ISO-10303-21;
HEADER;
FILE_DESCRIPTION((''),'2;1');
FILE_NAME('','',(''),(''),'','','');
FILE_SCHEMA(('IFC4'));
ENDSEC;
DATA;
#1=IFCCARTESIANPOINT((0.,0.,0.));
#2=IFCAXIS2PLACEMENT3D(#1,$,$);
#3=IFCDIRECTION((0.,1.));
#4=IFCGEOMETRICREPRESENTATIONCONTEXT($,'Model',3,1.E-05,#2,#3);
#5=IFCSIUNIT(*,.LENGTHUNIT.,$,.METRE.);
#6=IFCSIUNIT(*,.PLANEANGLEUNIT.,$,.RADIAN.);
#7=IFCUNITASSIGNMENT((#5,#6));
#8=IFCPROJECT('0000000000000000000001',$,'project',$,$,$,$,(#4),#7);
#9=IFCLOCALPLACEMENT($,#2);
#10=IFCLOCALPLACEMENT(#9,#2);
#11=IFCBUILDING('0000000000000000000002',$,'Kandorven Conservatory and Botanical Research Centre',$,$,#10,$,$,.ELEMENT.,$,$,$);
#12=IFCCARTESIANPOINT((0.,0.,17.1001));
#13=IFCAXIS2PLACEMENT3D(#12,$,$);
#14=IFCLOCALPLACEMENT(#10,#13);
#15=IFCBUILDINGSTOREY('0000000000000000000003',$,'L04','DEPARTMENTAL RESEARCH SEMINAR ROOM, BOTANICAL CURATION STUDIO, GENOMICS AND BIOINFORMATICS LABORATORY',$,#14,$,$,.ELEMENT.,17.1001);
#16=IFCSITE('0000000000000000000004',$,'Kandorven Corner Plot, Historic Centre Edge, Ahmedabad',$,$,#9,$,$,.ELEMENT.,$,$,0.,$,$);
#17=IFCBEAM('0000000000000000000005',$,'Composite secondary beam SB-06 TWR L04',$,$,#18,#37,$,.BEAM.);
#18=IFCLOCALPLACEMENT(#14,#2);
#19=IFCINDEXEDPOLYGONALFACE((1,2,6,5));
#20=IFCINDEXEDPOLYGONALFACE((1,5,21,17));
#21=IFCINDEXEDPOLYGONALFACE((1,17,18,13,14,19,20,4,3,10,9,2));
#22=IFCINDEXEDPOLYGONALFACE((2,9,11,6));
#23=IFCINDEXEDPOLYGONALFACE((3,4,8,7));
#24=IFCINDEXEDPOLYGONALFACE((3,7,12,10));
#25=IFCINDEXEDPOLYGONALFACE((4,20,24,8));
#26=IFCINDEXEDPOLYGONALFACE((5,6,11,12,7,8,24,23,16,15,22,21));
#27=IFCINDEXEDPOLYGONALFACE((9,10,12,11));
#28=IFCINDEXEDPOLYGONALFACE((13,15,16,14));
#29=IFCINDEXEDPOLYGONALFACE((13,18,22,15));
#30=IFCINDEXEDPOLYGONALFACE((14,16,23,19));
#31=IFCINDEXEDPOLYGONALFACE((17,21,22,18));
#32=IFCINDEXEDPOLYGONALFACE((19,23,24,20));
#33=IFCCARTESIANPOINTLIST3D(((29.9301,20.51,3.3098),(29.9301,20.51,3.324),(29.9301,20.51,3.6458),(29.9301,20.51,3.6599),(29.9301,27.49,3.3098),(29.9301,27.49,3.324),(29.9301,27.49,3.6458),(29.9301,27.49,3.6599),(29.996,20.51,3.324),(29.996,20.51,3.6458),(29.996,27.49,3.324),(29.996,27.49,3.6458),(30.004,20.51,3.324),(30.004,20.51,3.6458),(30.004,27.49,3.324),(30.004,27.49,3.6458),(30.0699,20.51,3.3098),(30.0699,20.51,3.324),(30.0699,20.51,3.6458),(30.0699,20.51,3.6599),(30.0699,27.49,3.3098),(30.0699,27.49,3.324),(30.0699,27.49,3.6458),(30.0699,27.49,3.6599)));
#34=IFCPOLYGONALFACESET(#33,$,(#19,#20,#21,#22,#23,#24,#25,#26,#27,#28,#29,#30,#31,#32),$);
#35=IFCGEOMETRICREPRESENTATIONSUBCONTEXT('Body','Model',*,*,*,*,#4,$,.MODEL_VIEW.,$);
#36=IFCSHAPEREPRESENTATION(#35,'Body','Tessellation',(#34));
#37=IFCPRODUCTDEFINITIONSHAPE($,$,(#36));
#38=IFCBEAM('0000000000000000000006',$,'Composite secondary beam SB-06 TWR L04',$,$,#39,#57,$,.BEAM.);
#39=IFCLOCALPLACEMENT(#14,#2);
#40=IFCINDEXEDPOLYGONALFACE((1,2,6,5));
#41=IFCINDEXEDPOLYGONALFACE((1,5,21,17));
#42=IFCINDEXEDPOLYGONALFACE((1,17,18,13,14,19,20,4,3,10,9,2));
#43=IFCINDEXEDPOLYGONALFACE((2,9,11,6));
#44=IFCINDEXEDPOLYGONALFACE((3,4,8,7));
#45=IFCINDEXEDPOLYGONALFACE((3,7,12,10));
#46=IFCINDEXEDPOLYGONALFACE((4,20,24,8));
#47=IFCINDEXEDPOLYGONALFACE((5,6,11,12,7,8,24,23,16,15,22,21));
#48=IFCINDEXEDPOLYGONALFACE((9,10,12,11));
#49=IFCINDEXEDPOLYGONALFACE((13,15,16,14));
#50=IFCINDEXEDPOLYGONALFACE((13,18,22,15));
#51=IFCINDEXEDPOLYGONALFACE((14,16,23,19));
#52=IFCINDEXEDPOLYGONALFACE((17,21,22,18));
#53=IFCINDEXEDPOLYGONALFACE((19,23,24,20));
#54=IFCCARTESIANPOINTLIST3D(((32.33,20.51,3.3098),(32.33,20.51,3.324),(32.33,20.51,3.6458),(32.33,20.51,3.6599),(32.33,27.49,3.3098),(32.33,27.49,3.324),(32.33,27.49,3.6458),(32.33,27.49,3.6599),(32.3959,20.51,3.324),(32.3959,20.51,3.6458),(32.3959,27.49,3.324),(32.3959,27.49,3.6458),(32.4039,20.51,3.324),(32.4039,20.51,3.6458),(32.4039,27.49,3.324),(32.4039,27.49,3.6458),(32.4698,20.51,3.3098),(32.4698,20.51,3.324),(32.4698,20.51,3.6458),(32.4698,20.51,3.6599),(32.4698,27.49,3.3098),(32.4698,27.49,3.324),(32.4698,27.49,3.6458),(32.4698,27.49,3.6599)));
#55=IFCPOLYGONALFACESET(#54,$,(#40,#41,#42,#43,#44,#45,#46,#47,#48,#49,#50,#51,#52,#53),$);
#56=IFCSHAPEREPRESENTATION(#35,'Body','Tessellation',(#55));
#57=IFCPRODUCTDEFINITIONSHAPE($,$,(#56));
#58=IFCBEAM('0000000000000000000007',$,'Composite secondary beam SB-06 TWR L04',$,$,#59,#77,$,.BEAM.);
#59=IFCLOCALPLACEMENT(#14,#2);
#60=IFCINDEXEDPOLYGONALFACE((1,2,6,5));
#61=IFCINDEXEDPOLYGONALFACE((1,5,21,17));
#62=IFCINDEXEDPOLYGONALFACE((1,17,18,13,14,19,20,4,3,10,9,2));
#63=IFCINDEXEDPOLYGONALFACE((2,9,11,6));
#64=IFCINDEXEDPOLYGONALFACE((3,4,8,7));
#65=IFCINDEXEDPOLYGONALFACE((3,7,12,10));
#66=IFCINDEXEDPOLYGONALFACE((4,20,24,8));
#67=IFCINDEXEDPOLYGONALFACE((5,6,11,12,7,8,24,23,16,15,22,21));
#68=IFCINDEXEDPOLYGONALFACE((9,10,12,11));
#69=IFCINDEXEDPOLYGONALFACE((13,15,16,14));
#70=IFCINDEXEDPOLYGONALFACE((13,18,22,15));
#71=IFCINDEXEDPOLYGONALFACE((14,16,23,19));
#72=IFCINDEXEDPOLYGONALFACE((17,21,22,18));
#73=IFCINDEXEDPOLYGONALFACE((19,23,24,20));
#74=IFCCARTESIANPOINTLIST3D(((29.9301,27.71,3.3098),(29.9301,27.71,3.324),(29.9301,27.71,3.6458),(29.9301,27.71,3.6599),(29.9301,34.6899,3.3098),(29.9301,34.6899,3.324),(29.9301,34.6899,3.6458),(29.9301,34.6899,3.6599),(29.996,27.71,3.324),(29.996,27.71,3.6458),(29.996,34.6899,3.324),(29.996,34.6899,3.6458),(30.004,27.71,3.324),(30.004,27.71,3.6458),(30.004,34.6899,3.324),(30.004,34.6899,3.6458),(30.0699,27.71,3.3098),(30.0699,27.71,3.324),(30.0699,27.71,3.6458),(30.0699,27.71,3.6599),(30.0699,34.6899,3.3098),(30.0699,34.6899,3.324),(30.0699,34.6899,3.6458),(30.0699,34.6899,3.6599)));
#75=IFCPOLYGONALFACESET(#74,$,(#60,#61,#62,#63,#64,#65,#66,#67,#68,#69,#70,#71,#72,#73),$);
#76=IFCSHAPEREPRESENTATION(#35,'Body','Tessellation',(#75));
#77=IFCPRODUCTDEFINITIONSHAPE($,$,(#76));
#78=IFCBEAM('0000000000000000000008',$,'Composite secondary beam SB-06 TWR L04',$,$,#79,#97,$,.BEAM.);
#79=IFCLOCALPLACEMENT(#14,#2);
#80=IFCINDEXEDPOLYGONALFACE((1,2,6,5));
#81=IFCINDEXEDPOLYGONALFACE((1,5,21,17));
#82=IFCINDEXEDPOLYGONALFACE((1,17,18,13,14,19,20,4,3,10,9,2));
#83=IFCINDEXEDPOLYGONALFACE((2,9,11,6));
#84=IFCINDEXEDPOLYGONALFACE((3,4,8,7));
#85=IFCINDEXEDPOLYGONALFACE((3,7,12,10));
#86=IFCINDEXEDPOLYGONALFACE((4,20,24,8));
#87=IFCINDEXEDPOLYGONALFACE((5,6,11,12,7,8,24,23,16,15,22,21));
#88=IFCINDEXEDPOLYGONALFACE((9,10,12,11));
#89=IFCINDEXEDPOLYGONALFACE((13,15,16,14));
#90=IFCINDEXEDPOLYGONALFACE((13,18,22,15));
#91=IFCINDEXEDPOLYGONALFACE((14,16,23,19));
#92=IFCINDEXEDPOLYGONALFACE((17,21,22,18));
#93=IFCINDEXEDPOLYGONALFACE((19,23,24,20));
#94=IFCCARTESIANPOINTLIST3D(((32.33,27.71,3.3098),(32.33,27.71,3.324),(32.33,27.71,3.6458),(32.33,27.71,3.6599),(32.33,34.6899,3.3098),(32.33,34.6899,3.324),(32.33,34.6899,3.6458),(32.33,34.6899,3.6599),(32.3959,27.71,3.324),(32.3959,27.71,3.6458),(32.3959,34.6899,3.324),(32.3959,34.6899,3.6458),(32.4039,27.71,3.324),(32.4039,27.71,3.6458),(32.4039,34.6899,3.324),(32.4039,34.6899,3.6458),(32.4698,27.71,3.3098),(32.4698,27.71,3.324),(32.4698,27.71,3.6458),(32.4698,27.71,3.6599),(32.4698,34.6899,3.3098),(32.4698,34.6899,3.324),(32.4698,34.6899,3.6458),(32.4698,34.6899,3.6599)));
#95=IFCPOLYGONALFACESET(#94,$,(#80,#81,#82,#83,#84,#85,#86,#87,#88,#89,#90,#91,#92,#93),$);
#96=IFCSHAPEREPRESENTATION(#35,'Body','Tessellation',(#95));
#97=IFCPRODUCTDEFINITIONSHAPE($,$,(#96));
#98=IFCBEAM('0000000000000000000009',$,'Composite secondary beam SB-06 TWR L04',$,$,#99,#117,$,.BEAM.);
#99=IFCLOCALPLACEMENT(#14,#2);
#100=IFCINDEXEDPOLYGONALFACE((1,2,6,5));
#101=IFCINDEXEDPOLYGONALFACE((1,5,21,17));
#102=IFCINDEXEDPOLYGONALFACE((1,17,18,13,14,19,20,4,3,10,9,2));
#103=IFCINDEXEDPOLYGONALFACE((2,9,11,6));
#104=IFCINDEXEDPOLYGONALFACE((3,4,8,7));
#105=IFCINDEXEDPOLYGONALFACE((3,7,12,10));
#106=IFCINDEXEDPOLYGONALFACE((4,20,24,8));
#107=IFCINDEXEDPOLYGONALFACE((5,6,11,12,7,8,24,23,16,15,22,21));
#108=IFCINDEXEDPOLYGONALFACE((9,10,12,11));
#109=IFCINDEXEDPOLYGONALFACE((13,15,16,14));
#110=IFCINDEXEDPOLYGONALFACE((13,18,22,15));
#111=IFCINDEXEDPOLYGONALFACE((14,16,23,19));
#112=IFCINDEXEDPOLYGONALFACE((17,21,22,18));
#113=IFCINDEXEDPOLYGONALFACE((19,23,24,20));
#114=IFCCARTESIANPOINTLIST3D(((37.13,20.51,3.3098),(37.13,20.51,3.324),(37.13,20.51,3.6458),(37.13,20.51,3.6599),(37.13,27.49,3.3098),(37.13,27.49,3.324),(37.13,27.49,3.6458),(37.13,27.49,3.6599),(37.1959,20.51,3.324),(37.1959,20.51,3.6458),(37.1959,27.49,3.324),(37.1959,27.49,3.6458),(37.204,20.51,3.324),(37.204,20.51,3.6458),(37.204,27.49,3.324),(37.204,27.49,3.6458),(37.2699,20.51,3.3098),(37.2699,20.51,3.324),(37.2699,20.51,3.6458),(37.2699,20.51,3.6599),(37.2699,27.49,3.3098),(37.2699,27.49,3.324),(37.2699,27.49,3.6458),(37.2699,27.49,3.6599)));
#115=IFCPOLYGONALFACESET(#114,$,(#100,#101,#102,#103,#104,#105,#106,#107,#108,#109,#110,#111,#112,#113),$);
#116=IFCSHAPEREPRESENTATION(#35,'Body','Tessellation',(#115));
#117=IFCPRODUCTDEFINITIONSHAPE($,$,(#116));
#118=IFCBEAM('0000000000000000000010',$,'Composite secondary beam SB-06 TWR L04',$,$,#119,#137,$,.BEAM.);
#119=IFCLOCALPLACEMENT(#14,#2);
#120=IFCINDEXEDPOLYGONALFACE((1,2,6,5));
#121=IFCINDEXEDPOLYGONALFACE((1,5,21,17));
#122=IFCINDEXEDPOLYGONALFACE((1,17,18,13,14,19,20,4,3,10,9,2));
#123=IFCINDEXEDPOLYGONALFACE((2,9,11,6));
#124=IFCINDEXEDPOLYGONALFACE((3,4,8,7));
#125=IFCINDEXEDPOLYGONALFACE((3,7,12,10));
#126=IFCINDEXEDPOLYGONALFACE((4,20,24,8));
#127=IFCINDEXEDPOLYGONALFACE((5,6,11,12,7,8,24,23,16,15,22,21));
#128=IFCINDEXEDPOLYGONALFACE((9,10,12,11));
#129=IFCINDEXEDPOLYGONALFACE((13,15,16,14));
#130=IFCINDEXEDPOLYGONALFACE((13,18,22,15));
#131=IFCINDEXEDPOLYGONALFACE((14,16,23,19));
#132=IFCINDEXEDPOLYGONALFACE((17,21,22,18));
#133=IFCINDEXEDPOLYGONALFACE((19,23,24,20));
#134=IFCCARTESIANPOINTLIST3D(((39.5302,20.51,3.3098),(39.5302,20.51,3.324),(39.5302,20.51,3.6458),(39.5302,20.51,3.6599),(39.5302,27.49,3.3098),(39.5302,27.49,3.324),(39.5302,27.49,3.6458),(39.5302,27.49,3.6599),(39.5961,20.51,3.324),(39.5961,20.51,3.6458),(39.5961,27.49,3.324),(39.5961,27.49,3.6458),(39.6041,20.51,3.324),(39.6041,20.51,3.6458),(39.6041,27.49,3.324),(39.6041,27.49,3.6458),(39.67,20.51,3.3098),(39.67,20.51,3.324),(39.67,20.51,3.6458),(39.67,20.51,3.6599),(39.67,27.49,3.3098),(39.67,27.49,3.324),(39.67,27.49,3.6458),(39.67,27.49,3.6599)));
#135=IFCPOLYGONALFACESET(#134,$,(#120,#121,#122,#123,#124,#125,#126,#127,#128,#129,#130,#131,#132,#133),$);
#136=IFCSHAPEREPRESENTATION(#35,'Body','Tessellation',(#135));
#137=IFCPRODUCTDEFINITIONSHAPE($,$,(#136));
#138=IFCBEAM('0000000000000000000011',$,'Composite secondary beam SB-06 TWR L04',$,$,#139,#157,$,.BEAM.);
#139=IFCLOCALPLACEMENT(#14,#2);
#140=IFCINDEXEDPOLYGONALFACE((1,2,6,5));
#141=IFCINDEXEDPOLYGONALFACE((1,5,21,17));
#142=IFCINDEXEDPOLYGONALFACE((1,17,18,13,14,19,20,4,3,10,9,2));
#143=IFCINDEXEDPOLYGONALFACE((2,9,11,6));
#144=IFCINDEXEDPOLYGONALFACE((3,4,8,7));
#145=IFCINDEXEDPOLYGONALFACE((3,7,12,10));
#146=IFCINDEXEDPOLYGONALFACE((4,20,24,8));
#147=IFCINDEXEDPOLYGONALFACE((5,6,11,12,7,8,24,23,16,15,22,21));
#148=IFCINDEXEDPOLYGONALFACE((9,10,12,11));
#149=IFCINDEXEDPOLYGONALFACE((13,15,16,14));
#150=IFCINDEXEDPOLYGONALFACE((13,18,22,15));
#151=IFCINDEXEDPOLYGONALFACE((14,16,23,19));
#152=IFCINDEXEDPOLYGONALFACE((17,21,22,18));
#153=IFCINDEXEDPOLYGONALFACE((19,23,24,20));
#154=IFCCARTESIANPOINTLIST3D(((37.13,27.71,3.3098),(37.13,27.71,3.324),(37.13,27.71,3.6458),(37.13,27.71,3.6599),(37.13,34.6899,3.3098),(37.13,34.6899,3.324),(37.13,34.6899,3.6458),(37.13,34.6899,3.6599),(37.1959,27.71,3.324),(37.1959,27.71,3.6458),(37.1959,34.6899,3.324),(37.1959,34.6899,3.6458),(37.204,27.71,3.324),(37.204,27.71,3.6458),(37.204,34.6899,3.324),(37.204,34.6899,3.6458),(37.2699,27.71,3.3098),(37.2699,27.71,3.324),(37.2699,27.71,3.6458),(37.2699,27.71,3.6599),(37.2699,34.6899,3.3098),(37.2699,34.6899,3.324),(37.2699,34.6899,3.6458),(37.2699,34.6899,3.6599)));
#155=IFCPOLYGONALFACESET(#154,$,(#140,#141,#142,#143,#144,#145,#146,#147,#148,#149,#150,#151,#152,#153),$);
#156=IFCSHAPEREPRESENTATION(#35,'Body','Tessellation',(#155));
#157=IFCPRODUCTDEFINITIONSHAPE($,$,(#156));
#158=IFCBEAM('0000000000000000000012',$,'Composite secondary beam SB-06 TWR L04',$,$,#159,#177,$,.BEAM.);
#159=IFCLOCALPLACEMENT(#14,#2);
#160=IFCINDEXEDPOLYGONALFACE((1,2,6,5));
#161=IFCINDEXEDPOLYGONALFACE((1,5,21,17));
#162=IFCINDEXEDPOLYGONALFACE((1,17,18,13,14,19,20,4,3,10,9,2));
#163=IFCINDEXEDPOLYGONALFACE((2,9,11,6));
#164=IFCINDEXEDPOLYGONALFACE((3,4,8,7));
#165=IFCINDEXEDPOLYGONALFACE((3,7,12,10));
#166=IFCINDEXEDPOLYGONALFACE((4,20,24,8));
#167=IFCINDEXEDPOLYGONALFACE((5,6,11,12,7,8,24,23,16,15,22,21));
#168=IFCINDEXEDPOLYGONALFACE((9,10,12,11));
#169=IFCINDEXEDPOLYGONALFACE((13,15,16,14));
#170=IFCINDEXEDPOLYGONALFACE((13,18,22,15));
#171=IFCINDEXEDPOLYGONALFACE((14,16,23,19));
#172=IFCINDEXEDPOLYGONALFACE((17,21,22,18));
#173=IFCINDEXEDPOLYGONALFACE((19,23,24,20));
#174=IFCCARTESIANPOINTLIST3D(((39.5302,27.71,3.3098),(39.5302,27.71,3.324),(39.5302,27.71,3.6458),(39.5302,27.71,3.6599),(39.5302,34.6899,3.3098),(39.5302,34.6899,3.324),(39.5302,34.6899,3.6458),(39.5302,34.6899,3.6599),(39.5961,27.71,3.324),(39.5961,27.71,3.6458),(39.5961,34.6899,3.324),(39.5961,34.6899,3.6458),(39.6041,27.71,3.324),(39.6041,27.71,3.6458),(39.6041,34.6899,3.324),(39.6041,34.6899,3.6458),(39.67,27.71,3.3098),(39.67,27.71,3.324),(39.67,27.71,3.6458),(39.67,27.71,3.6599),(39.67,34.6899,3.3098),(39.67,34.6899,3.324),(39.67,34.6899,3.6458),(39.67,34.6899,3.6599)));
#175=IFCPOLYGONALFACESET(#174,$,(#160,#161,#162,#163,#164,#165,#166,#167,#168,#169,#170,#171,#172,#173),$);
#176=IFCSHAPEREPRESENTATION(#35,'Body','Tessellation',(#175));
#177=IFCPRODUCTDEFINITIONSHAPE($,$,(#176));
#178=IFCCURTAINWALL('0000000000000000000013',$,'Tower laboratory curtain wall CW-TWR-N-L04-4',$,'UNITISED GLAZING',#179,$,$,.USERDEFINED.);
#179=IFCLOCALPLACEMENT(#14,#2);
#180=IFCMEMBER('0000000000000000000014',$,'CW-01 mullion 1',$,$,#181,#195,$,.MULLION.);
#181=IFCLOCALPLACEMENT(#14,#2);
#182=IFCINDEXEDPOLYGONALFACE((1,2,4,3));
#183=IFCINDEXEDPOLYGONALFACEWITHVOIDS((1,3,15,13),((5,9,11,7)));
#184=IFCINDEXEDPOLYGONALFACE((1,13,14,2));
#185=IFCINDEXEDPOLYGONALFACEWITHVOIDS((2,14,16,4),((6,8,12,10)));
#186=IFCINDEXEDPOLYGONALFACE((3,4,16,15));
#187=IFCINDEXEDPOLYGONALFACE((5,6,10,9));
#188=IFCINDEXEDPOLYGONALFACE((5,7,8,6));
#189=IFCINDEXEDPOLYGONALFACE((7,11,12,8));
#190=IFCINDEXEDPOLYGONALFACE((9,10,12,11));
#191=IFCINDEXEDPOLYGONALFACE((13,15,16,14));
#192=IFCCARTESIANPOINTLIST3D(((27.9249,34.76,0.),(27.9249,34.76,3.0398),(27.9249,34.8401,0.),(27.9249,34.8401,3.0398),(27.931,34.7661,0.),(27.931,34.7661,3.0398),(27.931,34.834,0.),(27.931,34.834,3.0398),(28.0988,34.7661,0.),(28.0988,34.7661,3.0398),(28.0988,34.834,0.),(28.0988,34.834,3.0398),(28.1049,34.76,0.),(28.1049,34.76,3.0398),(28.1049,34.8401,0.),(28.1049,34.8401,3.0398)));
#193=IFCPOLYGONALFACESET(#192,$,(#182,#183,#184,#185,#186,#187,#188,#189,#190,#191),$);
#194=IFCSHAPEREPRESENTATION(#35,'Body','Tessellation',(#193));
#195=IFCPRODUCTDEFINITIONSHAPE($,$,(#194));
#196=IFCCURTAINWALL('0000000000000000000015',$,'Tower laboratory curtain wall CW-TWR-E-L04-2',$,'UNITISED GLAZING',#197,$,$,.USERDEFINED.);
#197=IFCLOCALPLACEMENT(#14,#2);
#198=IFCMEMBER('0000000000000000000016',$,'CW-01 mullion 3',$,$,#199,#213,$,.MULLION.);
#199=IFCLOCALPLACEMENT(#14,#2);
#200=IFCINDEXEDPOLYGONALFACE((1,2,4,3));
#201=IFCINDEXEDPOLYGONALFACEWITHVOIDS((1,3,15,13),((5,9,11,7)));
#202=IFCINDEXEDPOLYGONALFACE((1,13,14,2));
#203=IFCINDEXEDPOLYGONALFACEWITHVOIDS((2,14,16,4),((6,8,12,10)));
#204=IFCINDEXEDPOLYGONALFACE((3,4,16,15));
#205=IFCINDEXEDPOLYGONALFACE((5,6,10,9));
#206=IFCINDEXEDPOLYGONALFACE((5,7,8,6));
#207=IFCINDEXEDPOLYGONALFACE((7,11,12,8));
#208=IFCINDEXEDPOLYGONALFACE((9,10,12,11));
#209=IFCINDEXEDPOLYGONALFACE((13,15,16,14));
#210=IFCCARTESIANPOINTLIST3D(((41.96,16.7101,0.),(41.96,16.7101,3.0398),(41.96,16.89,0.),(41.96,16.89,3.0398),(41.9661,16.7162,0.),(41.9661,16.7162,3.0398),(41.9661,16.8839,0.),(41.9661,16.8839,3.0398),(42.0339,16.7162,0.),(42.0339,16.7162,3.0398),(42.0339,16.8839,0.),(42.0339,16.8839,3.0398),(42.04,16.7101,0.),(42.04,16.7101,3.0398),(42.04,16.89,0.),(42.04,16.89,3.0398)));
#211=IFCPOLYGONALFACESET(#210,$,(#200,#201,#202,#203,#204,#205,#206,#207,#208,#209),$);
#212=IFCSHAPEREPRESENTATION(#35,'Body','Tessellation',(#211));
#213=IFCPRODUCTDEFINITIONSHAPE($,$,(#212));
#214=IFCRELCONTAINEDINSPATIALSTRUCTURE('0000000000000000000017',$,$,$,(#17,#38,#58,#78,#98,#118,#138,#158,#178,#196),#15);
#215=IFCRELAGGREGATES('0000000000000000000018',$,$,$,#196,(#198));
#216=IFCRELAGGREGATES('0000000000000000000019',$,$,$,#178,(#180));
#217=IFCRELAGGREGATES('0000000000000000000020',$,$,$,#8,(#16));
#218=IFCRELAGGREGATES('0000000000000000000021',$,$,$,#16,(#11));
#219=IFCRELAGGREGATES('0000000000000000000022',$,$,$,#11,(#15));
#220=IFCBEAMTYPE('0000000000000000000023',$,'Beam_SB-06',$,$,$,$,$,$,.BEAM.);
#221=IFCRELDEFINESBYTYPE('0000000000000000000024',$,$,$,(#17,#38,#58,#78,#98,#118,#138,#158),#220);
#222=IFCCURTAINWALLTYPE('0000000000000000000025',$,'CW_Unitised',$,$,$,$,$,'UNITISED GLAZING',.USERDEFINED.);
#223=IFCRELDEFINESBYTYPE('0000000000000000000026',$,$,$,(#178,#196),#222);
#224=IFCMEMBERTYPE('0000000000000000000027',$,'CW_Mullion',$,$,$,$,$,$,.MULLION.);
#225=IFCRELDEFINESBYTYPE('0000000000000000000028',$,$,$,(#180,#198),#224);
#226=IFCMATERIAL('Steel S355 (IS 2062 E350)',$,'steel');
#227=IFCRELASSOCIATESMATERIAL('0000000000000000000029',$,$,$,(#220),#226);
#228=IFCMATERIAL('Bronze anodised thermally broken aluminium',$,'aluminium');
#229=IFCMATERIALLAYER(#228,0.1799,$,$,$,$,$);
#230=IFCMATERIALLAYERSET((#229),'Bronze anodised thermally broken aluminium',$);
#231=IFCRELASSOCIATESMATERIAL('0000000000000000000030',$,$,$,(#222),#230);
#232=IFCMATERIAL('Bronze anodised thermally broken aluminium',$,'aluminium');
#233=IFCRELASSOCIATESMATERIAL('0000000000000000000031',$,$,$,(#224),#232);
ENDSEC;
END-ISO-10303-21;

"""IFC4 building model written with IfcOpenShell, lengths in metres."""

from ifc_helpers import new_model, si_unit, direction, frame, origin, origin_2d, place, context, subcontext, project, spatial, hollow_rectangle, i_section, extrude, material, layer, layer_set, material_profile, profile_set, type_object, element, aggregate, save


model = new_model("IFC4")

# Units and contexts
model_context = context("Model", 3, precision=1e-05, world=origin(), true_north=direction((0.0, 1.0)))
body_context = subcontext(model_context, "Body", "Model", "MODEL_VIEW")
ifc_project = project(units=[si_unit("LENGTHUNIT", "METRE"), si_unit("PLANEANGLEUNIT", "RADIAN")], contexts=[model_context])

# Site, building, storey
site_placement = place(None, origin())
site = spatial("IfcSite", under=ifc_project, at=site_placement, Name="Kandorven Corner Plot, Historic Centre Edge, Ahmedabad", CompositionType="ELEMENT", RefElevation=0.0)
building_placement = place(site_placement, origin())
building = spatial("IfcBuilding", under=site, at=building_placement, Name="Kandorven Conservatory and Botanical Research Centre", CompositionType="ELEMENT")
storey_placement = place(building_placement, frame((0.0, 0.0, 17.1001)))
storey = spatial("IfcBuildingStorey", under=building, at=storey_placement, Name="L04", Description="DEPARTMENTAL RESEARCH SEMINAR ROOM, BOTANICAL CURATION STUDIO, GENOMICS AND BIOINFORMATICS LABORATORY", CompositionType="ELEMENT", Elevation=17.1001)

# Beams
ifc_material_1 = material(Name="Steel S355 (IS 2062 E350)", Category="steel")
ifc_material_profile_1 = material_profile(ifc_material_1, i_section(OverallWidth=0.1399, OverallDepth=0.3501, WebThickness=0.0081, FlangeThickness=0.0142, at=origin_2d()))
ifc_profile_set_1 = profile_set([ifc_material_profile_1], Name="Steel S355 (IS 2062 E350)")
beam_type_1 = type_object("IfcBeamType", Name="Beam_SB-06", PredefinedType="BEAM", material=ifc_profile_set_1)
for number, where, z_axis, x_axis, name in (
    (1, (30.0, 20.51, 3.4849), (0.0, 1.0, 0.0), (-1.0, 0.0, 0.0), "Composite secondary beam SB-06 TWR L04"),
    (2, (32.3999, 20.51, 3.4849), (0.0, 1.0, 0.0), (-1.0, 0.0, 0.0), "Composite secondary beam SB-06 TWR L04"),
    (3, (30.0, 27.71, 3.4849), (0.0, 1.0, 0.0), (-1.0, 0.0, 0.0), "Composite secondary beam SB-06 TWR L04"),
    (4, (32.3999, 27.71, 3.4849), (0.0, 1.0, 0.0), (-1.0, 0.0, 0.0), "Composite secondary beam SB-06 TWR L04"),
    (5, (37.2, 20.51, 3.4849), (0.0, 1.0, 0.0), (-1.0, 0.0, 0.0), "Composite secondary beam SB-06 TWR L04"),
    (6, (39.6001, 20.51, 3.4849), (0.0, 1.0, 0.0), (-1.0, 0.0, 0.0), "Composite secondary beam SB-06 TWR L04"),
    (7, (37.2, 27.71, 3.4849), (0.0, 1.0, 0.0), (-1.0, 0.0, 0.0), "Composite secondary beam SB-06 TWR L04"),
    (8, (39.6001, 27.71, 3.4849), (0.0, 1.0, 0.0), (-1.0, 0.0, 0.0), "Composite secondary beam SB-06 TWR L04"),
):
    element("IfcBeam", number, at=place(storey_placement, frame(where, z_axis=z_axis, x_axis=x_axis)), inside=storey, type_object=beam_type_1, Name=name, PredefinedType="BEAM", context=body_context, shape_type="SweptSolid", body=[
        extrude(i_section(OverallWidth=0.1399, OverallDepth=0.3501, WebThickness=0.0081, FlangeThickness=0.0142, at=origin_2d()), origin(), (0.0, 0.0, 1.0), 6.98),
    ])

# Curtain wall, member
ifc_material_2 = material(Name="Bronze anodised thermally broken aluminium", Category="aluminium")
ifc_layer = layer(ifc_material_2, 0.1799)
ifc_layer_set = layer_set([ifc_layer], Name="Bronze anodised thermally broken aluminium")
curtain_wall_type = type_object("IfcCurtainWallType", Name="CW_Unitised", ElementType="UNITISED GLAZING", PredefinedType="USERDEFINED", material=ifc_layer_set)
curtain_wall_1_placement = place(storey_placement, origin())
curtain_wall_1 = element("IfcCurtainWall", 9, at=curtain_wall_1_placement, inside=storey, type_object=curtain_wall_type, Name="Tower laboratory curtain wall CW-TWR-N-L04-4", ObjectType="UNITISED GLAZING", PredefinedType="USERDEFINED")
ifc_material_3 = material(Name="Bronze anodised thermally broken aluminium", Category="aluminium")
ifc_material_profile_2 = material_profile(ifc_material_3, hollow_rectangle(XDim=0.0801, YDim=0.1799, WallThickness=0.0061, at=origin_2d()))
ifc_profile_set_2 = profile_set([ifc_material_profile_2], Name="Bronze anodised thermally broken aluminium")
member_type_1 = type_object("IfcMemberType", Name="CW_Mullion", PredefinedType="MULLION", material=ifc_profile_set_2)
member_1_placement = place(storey_placement, frame((28.0149, 34.8, 0.0), z_axis=(0.0, 0.0, 1.0), x_axis=(0.0, 1.0, 0.0)))
member_1 = element("IfcMember", 10, at=member_1_placement, type_object=member_type_1, Name="CW-01 mullion 1", PredefinedType="MULLION", context=body_context, shape_type="SweptSolid", body=[
    extrude(hollow_rectangle(XDim=0.0801, YDim=0.1799, WallThickness=0.0061, at=origin_2d()), origin(), (0.0, 0.0, 1.0), 3.0398),
])

# Curtain wall, member
curtain_wall_2_placement = place(storey_placement, origin())
curtain_wall_2 = element("IfcCurtainWall", 11, at=curtain_wall_2_placement, inside=storey, type_object=curtain_wall_type, Name="Tower laboratory curtain wall CW-TWR-E-L04-2", ObjectType="UNITISED GLAZING", PredefinedType="USERDEFINED")
member_2_placement = place(storey_placement, frame((42.0, 16.8, 0.0), z_axis=(0.0, 0.0, 1.0), x_axis=(-1.0, 0.0, 0.0)))
member_2 = element("IfcMember", 12, at=member_2_placement, type_object=member_type_1, Name="CW-01 mullion 3", PredefinedType="MULLION", context=body_context, shape_type="SweptSolid", body=[
    extrude(hollow_rectangle(XDim=0.0801, YDim=0.1799, WallThickness=0.0061, at=origin_2d()), origin(), (0.0, 0.0, 1.0), 3.0398),
])
aggregate(curtain_wall_2, [member_2])

aggregate(curtain_wall_1, [member_1])

save(model, "model.ifc")
